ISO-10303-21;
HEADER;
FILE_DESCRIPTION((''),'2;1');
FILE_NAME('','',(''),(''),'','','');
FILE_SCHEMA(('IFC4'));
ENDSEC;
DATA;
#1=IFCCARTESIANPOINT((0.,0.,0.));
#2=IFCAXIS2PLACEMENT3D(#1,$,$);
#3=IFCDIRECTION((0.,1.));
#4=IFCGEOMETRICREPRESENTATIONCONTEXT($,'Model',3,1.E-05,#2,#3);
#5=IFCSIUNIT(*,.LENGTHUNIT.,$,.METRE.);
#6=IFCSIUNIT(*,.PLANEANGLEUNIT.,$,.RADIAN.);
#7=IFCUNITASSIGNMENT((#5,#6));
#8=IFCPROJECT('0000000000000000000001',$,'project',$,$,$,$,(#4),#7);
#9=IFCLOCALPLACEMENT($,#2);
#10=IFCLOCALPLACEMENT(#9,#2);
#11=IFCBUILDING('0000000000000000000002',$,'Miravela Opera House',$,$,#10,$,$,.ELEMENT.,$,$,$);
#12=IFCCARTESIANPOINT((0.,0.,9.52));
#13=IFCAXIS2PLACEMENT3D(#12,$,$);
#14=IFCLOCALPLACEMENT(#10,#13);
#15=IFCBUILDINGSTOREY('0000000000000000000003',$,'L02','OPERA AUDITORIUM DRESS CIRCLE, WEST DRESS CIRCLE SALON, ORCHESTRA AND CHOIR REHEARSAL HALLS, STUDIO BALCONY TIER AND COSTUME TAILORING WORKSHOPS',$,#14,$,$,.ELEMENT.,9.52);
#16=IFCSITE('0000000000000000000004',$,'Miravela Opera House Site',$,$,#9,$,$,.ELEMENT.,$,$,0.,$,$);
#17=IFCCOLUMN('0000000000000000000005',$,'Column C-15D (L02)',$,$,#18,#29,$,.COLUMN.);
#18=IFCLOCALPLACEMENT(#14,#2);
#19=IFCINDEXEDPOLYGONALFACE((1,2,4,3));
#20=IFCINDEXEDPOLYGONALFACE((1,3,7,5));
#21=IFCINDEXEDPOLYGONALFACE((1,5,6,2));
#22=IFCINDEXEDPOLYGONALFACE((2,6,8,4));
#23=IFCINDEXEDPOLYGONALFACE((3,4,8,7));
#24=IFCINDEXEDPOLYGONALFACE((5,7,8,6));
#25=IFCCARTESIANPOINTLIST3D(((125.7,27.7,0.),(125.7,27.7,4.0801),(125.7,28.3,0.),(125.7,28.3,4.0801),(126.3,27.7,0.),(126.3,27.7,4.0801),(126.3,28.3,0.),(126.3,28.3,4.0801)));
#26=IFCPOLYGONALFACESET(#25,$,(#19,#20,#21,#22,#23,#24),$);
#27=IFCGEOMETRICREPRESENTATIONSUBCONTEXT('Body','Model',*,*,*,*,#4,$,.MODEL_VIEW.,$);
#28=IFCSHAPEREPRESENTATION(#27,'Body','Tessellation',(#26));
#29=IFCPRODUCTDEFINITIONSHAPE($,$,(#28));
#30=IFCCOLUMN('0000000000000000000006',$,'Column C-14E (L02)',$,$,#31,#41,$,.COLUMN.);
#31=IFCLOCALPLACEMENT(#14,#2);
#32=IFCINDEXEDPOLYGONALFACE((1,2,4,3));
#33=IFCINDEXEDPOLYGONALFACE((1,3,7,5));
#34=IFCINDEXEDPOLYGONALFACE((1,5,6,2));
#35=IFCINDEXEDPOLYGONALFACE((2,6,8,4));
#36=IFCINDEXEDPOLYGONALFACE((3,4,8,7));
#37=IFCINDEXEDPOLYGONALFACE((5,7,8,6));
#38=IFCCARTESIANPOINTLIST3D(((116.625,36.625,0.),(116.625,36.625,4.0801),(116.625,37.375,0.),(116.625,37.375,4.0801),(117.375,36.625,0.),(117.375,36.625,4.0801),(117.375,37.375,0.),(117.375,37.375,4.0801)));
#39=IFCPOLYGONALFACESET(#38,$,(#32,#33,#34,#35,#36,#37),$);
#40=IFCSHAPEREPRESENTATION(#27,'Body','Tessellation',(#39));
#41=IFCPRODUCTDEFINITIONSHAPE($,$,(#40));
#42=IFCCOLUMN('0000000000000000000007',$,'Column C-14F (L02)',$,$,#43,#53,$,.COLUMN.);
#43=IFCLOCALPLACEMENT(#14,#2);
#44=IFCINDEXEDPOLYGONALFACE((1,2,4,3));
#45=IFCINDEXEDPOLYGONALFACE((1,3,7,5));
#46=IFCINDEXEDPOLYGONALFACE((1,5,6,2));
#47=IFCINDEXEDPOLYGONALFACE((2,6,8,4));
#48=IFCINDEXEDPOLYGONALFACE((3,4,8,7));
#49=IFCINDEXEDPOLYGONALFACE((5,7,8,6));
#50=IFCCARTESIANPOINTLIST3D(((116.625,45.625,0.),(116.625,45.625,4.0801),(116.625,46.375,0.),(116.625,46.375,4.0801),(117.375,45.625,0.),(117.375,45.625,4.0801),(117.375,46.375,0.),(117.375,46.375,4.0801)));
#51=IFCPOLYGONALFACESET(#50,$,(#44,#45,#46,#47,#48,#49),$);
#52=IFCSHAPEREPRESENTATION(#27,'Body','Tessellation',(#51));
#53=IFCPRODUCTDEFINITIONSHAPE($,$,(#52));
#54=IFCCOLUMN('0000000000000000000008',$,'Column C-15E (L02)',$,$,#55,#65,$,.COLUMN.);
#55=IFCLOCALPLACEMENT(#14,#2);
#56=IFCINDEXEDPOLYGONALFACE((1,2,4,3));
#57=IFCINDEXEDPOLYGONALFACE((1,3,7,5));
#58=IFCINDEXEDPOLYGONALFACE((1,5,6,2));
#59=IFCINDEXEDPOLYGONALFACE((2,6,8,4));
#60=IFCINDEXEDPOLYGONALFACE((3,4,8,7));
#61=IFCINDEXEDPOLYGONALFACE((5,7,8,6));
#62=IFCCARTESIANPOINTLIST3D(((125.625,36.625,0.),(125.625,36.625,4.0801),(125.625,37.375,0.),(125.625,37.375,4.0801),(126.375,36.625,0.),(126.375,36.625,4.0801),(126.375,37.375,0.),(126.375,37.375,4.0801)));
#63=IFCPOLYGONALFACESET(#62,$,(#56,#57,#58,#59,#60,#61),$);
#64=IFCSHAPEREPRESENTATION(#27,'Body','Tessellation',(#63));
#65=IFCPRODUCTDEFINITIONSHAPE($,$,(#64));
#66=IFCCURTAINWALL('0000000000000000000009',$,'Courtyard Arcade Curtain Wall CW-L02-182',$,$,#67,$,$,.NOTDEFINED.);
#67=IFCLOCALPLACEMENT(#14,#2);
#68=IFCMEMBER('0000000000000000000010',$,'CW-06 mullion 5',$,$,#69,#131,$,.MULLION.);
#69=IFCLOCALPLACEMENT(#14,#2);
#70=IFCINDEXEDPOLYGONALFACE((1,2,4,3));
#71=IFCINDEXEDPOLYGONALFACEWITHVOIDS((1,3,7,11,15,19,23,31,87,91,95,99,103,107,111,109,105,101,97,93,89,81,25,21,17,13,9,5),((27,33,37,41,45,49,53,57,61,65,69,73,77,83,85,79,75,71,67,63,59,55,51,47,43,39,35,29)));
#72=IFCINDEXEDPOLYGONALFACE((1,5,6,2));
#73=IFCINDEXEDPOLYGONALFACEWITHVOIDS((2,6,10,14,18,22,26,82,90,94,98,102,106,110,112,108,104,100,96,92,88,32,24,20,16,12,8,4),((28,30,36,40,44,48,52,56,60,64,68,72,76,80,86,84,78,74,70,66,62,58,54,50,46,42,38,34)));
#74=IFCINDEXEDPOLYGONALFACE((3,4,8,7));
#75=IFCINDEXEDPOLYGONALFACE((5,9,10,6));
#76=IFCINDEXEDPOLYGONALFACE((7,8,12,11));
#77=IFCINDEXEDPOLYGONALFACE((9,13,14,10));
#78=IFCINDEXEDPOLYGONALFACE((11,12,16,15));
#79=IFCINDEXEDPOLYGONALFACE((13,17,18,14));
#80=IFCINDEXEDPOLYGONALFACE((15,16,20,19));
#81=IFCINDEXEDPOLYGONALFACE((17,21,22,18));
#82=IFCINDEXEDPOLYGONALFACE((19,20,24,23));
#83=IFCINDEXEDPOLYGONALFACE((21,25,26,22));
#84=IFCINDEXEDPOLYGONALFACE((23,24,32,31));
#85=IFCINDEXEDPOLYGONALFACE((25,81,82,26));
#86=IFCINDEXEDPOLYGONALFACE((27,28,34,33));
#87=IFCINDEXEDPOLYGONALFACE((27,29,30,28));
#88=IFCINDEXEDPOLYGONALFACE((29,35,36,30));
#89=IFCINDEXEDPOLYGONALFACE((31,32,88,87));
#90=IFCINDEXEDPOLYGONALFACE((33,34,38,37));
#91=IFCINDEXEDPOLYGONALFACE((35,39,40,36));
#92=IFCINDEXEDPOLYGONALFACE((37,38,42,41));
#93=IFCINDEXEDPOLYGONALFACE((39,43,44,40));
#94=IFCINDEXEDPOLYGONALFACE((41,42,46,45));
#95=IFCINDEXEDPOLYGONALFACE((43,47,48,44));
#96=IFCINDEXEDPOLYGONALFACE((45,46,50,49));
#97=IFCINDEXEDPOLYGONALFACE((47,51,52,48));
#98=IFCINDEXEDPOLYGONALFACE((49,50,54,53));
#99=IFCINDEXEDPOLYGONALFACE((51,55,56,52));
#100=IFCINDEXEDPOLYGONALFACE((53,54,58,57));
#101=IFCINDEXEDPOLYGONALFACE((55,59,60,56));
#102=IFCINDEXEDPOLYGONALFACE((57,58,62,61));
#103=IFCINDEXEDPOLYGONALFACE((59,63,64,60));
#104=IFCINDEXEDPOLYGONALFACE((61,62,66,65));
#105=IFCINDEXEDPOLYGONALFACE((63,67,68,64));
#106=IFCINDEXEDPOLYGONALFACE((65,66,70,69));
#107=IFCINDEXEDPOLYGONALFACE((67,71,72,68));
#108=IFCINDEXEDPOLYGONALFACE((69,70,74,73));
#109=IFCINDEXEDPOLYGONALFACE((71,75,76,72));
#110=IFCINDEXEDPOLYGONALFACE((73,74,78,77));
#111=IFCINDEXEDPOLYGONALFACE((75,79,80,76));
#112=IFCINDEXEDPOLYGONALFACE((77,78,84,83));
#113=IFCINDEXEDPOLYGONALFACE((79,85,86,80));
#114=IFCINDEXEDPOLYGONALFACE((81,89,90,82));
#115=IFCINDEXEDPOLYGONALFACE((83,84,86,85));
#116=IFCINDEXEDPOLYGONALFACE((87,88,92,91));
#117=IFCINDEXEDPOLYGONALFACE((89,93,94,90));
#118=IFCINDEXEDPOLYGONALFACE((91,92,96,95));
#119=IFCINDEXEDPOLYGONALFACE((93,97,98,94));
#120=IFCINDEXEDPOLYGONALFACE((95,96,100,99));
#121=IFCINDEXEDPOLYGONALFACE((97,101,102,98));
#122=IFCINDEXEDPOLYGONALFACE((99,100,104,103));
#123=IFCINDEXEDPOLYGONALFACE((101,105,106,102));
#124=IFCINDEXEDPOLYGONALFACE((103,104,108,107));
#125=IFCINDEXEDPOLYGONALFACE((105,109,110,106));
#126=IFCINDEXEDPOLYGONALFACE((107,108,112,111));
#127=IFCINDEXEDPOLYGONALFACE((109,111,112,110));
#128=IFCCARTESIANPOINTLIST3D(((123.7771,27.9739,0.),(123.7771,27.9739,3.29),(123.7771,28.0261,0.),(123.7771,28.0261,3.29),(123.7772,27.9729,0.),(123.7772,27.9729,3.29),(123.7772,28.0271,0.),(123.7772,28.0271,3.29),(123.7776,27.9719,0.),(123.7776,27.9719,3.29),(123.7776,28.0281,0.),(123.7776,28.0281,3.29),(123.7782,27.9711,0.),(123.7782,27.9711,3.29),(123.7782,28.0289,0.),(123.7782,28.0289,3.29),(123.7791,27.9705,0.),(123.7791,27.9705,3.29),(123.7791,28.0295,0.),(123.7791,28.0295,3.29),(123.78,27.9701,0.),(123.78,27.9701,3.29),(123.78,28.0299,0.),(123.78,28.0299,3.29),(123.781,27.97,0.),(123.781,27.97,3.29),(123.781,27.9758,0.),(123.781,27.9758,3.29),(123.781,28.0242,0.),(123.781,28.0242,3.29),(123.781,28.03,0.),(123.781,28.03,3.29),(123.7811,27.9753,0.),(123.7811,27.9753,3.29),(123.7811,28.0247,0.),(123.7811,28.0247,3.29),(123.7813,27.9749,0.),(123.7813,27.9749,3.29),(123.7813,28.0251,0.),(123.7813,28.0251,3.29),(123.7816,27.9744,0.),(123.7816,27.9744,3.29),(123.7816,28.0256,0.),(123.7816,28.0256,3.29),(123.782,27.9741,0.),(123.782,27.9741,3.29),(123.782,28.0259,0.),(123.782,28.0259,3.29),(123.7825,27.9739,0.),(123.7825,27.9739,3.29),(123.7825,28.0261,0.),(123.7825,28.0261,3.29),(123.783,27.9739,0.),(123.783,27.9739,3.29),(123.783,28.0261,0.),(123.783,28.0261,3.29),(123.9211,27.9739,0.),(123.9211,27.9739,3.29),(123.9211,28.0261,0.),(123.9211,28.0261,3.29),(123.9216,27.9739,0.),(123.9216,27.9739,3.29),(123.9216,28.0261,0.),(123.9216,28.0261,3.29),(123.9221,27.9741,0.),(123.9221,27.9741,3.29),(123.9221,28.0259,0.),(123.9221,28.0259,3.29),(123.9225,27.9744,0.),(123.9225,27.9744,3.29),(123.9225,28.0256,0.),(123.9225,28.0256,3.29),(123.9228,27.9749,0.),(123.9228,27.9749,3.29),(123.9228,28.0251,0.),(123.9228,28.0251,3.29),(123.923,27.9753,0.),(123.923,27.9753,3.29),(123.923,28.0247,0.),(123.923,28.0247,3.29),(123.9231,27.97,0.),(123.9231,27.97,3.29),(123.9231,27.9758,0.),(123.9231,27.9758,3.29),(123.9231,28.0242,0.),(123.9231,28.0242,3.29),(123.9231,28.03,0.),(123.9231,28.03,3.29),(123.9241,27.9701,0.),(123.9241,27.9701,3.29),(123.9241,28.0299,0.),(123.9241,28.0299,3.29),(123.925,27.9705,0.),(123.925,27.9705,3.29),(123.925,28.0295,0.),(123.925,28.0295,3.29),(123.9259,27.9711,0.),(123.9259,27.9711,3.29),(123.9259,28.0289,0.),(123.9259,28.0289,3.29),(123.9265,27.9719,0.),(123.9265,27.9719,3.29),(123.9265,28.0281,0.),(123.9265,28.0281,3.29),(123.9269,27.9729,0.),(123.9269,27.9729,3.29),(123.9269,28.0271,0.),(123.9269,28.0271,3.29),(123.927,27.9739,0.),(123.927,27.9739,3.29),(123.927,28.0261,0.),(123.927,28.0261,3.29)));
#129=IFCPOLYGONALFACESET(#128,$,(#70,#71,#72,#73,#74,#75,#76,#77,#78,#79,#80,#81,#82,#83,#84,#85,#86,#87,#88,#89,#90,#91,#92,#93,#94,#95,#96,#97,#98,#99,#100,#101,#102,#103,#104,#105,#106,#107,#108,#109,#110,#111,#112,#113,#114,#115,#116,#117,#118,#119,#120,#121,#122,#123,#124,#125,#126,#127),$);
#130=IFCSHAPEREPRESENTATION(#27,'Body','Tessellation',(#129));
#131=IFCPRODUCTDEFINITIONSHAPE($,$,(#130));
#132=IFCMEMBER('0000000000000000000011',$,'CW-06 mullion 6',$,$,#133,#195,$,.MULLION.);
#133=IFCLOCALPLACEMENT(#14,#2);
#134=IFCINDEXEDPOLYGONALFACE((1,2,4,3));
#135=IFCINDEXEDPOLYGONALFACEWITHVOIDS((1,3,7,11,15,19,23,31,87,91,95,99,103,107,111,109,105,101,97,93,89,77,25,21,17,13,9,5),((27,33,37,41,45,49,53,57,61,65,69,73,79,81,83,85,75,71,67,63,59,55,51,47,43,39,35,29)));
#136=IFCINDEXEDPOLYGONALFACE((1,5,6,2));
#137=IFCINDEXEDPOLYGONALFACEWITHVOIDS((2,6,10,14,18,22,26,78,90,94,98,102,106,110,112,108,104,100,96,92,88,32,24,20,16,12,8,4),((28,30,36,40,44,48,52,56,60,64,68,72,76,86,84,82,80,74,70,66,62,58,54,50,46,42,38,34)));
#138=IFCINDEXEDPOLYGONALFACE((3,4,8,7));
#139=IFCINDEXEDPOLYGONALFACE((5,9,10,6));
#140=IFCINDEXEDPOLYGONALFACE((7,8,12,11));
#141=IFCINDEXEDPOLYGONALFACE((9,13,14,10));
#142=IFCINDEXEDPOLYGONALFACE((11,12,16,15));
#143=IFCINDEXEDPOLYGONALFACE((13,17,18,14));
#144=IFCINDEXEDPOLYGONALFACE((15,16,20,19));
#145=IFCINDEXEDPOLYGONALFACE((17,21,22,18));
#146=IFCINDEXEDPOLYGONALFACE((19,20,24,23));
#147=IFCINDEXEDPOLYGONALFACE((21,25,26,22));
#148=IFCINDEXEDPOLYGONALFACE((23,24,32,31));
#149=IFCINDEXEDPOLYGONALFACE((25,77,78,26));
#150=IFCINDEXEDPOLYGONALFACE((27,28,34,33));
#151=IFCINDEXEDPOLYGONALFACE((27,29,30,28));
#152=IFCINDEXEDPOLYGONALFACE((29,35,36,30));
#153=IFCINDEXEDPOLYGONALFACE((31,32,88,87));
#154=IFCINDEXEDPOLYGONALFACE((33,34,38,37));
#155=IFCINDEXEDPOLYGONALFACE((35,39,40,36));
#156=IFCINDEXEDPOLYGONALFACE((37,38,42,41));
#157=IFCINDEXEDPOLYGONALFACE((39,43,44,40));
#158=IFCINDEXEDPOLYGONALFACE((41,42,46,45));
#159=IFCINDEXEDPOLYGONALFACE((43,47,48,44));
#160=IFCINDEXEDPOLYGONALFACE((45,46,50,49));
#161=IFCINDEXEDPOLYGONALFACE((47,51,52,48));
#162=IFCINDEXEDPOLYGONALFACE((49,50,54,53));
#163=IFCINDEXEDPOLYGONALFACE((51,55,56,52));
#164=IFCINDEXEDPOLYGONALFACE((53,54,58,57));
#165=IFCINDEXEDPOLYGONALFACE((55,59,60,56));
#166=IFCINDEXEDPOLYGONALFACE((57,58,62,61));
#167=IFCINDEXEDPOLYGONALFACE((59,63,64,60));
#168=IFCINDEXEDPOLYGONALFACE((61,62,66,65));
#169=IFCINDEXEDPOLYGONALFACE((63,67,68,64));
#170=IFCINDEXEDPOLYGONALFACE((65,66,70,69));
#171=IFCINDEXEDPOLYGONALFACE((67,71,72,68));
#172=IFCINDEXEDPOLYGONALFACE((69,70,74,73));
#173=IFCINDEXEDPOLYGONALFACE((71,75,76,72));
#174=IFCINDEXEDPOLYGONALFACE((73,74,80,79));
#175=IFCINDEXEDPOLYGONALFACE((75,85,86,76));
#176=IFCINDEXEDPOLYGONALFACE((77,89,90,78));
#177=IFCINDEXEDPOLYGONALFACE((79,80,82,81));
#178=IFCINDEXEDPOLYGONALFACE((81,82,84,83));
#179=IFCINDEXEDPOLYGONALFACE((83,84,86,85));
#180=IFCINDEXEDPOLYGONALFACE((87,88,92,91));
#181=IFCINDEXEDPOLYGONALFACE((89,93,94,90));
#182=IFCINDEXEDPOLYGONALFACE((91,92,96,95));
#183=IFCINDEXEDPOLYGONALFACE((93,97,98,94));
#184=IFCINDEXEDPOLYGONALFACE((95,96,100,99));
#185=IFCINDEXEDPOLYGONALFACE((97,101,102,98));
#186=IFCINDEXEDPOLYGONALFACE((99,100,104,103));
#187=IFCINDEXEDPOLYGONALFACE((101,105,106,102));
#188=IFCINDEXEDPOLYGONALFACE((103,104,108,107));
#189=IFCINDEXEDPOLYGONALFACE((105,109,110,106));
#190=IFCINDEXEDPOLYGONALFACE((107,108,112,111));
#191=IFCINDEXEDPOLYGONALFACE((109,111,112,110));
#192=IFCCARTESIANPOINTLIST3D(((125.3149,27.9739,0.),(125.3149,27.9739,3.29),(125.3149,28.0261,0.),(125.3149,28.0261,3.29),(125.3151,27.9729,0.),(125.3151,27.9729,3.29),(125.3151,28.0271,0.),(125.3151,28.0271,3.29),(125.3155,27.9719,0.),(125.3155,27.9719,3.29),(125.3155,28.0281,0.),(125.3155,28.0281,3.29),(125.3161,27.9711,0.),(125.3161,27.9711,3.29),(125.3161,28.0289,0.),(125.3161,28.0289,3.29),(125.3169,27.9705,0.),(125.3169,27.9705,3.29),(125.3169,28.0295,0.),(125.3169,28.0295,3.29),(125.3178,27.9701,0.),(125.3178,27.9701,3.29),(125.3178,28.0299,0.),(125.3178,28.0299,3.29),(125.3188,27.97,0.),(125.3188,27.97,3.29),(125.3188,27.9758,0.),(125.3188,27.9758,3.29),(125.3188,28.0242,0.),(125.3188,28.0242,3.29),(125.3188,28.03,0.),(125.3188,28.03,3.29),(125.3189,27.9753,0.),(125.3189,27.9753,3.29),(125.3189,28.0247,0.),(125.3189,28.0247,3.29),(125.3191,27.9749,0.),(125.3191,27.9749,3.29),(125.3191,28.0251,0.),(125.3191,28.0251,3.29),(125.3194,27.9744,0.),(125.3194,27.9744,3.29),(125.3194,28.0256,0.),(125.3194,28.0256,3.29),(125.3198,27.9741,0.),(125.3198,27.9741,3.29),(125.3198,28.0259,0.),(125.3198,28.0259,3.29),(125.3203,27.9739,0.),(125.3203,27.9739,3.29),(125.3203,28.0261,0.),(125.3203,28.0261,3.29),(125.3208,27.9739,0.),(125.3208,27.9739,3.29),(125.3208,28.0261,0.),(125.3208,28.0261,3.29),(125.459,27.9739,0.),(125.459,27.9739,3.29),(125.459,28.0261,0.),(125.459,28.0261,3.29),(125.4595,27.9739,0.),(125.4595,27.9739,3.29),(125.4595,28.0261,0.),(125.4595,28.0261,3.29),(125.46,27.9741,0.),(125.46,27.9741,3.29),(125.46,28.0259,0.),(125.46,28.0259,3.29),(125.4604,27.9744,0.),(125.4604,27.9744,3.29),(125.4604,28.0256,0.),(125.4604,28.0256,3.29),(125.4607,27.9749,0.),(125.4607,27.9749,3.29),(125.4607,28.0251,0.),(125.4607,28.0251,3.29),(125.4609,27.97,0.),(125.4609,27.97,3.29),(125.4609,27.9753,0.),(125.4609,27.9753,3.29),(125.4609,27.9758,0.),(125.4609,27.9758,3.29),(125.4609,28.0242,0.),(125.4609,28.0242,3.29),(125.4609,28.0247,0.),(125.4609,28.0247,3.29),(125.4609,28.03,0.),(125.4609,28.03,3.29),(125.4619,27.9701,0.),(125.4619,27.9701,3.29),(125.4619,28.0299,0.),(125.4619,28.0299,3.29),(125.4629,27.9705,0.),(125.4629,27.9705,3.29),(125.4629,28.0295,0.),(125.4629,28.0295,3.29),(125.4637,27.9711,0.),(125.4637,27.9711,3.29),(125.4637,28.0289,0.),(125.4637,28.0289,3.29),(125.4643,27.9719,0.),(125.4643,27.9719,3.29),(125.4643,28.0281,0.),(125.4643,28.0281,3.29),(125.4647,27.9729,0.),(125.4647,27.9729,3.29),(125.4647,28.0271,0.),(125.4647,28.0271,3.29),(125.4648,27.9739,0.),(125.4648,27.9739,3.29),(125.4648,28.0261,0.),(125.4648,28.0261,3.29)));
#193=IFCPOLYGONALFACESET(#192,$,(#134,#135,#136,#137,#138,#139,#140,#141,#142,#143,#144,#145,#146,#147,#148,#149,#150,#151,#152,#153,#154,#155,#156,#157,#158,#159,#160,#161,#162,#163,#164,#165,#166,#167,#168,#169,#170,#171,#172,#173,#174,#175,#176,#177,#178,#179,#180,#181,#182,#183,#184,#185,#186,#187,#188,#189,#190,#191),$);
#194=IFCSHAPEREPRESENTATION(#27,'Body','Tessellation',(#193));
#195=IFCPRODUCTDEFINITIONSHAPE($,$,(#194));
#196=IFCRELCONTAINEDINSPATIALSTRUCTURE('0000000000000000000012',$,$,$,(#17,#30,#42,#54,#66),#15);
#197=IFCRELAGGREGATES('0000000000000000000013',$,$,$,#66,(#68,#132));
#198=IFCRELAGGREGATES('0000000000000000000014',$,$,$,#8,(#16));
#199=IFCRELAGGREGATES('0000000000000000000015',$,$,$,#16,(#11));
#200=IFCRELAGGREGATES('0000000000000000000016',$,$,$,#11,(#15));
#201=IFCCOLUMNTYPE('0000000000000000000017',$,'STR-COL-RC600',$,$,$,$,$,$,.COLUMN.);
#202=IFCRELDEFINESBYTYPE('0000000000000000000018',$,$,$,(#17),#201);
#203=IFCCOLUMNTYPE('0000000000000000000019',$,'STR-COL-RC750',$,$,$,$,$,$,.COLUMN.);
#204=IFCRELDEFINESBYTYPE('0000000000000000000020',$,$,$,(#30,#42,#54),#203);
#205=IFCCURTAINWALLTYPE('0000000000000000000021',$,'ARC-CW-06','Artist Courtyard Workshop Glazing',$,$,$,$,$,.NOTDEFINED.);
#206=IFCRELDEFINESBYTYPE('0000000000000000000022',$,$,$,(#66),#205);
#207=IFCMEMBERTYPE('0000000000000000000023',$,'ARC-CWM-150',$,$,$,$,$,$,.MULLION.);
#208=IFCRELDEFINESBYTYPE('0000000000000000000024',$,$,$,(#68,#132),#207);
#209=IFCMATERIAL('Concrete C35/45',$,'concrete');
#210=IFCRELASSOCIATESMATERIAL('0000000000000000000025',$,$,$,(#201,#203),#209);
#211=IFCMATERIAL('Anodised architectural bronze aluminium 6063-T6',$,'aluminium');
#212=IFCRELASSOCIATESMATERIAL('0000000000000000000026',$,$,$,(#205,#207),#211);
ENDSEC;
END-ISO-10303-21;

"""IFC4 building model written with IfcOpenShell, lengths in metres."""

from ifc_helpers import new_model, si_unit, direction, frame, origin, origin_2d, place, context, subcontext, project, spatial, rectangle, hollow_rectangle, extrude, material, material_profile, profile_set, type_object, element, aggregate, save


model = new_model("IFC4")

# Units and contexts
model_context = context("Model", 3, precision=1e-05, world=origin(), true_north=direction((0.0, 1.0)))
body_context = subcontext(model_context, "Body", "Model", "MODEL_VIEW")
ifc_project = project(units=[si_unit("LENGTHUNIT", "METRE"), si_unit("PLANEANGLEUNIT", "RADIAN")], contexts=[model_context])

# Site, building, storey
site_placement = place(None, origin())
site = spatial("IfcSite", under=ifc_project, at=site_placement, Name="Miravela Opera House Site", CompositionType="ELEMENT", RefElevation=0.0)
building_placement = place(site_placement, origin())
building = spatial("IfcBuilding", under=site, at=building_placement, Name="Miravela Opera House", CompositionType="ELEMENT")
storey_placement = place(building_placement, frame((0.0, 0.0, 9.52)))
storey = spatial("IfcBuildingStorey", under=building, at=storey_placement, Name="L02", Description="OPERA AUDITORIUM DRESS CIRCLE, WEST DRESS CIRCLE SALON, ORCHESTRA AND CHOIR REHEARSAL HALLS, STUDIO BALCONY TIER AND COSTUME TAILORING WORKSHOPS", CompositionType="ELEMENT", Elevation=9.52)

# Columns
ifc_material_1 = material(Name="Concrete C35/45", Category="concrete")
ifc_material_profile_1 = material_profile(ifc_material_1, rectangle(XDim=0.6001, YDim=0.6001, at=origin_2d()), Name="RC-COL-600X600")
ifc_profile_set_1 = profile_set([ifc_material_profile_1])
column_type_1 = type_object("IfcColumnType", Name="STR-COL-RC600", PredefinedType="COLUMN", material=ifc_profile_set_1)
column_placement = place(storey_placement, frame((126.0, 28.0, 0.0), z_axis=(0.0, 0.0, 1.0), x_axis=(1.0, 0.0, 0.0)))
element("IfcColumn", 1, at=column_placement, inside=storey, type_object=column_type_1, Name="Column C-15D (L02)", PredefinedType="COLUMN", context=body_context, shape_type="SweptSolid", body=[
    extrude(rectangle(XDim=0.6001, YDim=0.6001, at=origin_2d()), origin(), (0.0, 0.0, 1.0), 4.0801),
])
ifc_material_profile_2 = material_profile(ifc_material_1, rectangle(XDim=0.75, YDim=0.75, at=origin_2d()), Name="RC-COL-750X750")
ifc_profile_set_2 = profile_set([ifc_material_profile_2])
column_type_2 = type_object("IfcColumnType", Name="STR-COL-RC750", PredefinedType="COLUMN", material=ifc_profile_set_2)
for number, where, z_axis, x_axis, name in (
    (2, (117.0, 37.0, 0.0), (0.0, 0.0, 1.0), (1.0, 0.0, 0.0), "Column C-14E (L02)"),
    (3, (117.0, 46.0, 0.0), (0.0, 0.0, 1.0), (1.0, 0.0, 0.0), "Column C-14F (L02)"),
    (4, (126.0, 37.0, 0.0), (0.0, 0.0, 1.0), (1.0, 0.0, 0.0), "Column C-15E (L02)"),
):
    element("IfcColumn", number, at=place(storey_placement, frame(where, z_axis=z_axis, x_axis=x_axis)), inside=storey, type_object=column_type_2, Name=name, PredefinedType="COLUMN", context=body_context, shape_type="SweptSolid", body=[
        extrude(rectangle(XDim=0.75, YDim=0.75, at=origin_2d()), origin(), (0.0, 0.0, 1.0), 4.0801),
    ])

# Curtain wall, members
ifc_material_2 = material(Name="Anodised architectural bronze aluminium 6063-T6", Category="aluminium")
curtain_wall_type = type_object("IfcCurtainWallType", Name="ARC-CW-06", Description="Artist Courtyard Workshop Glazing", PredefinedType="NOTDEFINED", material=ifc_material_2)
curtain_wall_placement = place(storey_placement, origin())
curtain_wall = element("IfcCurtainWall", 5, at=curtain_wall_placement, inside=storey, type_object=curtain_wall_type, Name="Courtyard Arcade Curtain Wall CW-L02-182", PredefinedType="NOTDEFINED")
ifc_material_profile_3 = material_profile(ifc_material_2, hollow_rectangle(XDim=0.0601, YDim=0.1499, WallThickness=0.0039, InnerFilletRadius=0.002, OuterFilletRadius=0.0039, at=origin_2d()), Name="CWM-60X150")
ifc_profile_set_3 = profile_set([ifc_material_profile_3])
member_type_1 = type_object("IfcMemberType", Name="ARC-CWM-150", PredefinedType="MULLION", material=ifc_profile_set_3)
member_1_placement = place(storey_placement, frame((123.8521, 28.0, 0.0), z_axis=(0.0, 0.0, 1.0), x_axis=(0.0, 1.0, 0.0)))
member_1 = element("IfcMember", 6, at=member_1_placement, type_object=member_type_1, Name="CW-06 mullion 5", PredefinedType="MULLION", context=body_context, shape_type="SweptSolid", body=[
    extrude(hollow_rectangle(XDim=0.0601, YDim=0.1499, WallThickness=0.0039, InnerFilletRadius=0.002, OuterFilletRadius=0.0039, at=origin_2d()), origin(), (0.0, 0.0, 1.0), 3.29),
])
member_2_placement = place(storey_placement, frame((125.3899, 28.0, 0.0), z_axis=(0.0, 0.0, 1.0), x_axis=(0.0, 1.0, 0.0)))
member_2 = element("IfcMember", 7, at=member_2_placement, type_object=member_type_1, Name="CW-06 mullion 6", PredefinedType="MULLION", context=body_context, shape_type="SweptSolid", body=[
    extrude(hollow_rectangle(XDim=0.0601, YDim=0.1499, WallThickness=0.0039, InnerFilletRadius=0.002, OuterFilletRadius=0.0039, at=origin_2d()), origin(), (0.0, 0.0, 1.0), 3.29),
])

aggregate(curtain_wall, [member_1, member_2])

save(model, "model.ifc")
